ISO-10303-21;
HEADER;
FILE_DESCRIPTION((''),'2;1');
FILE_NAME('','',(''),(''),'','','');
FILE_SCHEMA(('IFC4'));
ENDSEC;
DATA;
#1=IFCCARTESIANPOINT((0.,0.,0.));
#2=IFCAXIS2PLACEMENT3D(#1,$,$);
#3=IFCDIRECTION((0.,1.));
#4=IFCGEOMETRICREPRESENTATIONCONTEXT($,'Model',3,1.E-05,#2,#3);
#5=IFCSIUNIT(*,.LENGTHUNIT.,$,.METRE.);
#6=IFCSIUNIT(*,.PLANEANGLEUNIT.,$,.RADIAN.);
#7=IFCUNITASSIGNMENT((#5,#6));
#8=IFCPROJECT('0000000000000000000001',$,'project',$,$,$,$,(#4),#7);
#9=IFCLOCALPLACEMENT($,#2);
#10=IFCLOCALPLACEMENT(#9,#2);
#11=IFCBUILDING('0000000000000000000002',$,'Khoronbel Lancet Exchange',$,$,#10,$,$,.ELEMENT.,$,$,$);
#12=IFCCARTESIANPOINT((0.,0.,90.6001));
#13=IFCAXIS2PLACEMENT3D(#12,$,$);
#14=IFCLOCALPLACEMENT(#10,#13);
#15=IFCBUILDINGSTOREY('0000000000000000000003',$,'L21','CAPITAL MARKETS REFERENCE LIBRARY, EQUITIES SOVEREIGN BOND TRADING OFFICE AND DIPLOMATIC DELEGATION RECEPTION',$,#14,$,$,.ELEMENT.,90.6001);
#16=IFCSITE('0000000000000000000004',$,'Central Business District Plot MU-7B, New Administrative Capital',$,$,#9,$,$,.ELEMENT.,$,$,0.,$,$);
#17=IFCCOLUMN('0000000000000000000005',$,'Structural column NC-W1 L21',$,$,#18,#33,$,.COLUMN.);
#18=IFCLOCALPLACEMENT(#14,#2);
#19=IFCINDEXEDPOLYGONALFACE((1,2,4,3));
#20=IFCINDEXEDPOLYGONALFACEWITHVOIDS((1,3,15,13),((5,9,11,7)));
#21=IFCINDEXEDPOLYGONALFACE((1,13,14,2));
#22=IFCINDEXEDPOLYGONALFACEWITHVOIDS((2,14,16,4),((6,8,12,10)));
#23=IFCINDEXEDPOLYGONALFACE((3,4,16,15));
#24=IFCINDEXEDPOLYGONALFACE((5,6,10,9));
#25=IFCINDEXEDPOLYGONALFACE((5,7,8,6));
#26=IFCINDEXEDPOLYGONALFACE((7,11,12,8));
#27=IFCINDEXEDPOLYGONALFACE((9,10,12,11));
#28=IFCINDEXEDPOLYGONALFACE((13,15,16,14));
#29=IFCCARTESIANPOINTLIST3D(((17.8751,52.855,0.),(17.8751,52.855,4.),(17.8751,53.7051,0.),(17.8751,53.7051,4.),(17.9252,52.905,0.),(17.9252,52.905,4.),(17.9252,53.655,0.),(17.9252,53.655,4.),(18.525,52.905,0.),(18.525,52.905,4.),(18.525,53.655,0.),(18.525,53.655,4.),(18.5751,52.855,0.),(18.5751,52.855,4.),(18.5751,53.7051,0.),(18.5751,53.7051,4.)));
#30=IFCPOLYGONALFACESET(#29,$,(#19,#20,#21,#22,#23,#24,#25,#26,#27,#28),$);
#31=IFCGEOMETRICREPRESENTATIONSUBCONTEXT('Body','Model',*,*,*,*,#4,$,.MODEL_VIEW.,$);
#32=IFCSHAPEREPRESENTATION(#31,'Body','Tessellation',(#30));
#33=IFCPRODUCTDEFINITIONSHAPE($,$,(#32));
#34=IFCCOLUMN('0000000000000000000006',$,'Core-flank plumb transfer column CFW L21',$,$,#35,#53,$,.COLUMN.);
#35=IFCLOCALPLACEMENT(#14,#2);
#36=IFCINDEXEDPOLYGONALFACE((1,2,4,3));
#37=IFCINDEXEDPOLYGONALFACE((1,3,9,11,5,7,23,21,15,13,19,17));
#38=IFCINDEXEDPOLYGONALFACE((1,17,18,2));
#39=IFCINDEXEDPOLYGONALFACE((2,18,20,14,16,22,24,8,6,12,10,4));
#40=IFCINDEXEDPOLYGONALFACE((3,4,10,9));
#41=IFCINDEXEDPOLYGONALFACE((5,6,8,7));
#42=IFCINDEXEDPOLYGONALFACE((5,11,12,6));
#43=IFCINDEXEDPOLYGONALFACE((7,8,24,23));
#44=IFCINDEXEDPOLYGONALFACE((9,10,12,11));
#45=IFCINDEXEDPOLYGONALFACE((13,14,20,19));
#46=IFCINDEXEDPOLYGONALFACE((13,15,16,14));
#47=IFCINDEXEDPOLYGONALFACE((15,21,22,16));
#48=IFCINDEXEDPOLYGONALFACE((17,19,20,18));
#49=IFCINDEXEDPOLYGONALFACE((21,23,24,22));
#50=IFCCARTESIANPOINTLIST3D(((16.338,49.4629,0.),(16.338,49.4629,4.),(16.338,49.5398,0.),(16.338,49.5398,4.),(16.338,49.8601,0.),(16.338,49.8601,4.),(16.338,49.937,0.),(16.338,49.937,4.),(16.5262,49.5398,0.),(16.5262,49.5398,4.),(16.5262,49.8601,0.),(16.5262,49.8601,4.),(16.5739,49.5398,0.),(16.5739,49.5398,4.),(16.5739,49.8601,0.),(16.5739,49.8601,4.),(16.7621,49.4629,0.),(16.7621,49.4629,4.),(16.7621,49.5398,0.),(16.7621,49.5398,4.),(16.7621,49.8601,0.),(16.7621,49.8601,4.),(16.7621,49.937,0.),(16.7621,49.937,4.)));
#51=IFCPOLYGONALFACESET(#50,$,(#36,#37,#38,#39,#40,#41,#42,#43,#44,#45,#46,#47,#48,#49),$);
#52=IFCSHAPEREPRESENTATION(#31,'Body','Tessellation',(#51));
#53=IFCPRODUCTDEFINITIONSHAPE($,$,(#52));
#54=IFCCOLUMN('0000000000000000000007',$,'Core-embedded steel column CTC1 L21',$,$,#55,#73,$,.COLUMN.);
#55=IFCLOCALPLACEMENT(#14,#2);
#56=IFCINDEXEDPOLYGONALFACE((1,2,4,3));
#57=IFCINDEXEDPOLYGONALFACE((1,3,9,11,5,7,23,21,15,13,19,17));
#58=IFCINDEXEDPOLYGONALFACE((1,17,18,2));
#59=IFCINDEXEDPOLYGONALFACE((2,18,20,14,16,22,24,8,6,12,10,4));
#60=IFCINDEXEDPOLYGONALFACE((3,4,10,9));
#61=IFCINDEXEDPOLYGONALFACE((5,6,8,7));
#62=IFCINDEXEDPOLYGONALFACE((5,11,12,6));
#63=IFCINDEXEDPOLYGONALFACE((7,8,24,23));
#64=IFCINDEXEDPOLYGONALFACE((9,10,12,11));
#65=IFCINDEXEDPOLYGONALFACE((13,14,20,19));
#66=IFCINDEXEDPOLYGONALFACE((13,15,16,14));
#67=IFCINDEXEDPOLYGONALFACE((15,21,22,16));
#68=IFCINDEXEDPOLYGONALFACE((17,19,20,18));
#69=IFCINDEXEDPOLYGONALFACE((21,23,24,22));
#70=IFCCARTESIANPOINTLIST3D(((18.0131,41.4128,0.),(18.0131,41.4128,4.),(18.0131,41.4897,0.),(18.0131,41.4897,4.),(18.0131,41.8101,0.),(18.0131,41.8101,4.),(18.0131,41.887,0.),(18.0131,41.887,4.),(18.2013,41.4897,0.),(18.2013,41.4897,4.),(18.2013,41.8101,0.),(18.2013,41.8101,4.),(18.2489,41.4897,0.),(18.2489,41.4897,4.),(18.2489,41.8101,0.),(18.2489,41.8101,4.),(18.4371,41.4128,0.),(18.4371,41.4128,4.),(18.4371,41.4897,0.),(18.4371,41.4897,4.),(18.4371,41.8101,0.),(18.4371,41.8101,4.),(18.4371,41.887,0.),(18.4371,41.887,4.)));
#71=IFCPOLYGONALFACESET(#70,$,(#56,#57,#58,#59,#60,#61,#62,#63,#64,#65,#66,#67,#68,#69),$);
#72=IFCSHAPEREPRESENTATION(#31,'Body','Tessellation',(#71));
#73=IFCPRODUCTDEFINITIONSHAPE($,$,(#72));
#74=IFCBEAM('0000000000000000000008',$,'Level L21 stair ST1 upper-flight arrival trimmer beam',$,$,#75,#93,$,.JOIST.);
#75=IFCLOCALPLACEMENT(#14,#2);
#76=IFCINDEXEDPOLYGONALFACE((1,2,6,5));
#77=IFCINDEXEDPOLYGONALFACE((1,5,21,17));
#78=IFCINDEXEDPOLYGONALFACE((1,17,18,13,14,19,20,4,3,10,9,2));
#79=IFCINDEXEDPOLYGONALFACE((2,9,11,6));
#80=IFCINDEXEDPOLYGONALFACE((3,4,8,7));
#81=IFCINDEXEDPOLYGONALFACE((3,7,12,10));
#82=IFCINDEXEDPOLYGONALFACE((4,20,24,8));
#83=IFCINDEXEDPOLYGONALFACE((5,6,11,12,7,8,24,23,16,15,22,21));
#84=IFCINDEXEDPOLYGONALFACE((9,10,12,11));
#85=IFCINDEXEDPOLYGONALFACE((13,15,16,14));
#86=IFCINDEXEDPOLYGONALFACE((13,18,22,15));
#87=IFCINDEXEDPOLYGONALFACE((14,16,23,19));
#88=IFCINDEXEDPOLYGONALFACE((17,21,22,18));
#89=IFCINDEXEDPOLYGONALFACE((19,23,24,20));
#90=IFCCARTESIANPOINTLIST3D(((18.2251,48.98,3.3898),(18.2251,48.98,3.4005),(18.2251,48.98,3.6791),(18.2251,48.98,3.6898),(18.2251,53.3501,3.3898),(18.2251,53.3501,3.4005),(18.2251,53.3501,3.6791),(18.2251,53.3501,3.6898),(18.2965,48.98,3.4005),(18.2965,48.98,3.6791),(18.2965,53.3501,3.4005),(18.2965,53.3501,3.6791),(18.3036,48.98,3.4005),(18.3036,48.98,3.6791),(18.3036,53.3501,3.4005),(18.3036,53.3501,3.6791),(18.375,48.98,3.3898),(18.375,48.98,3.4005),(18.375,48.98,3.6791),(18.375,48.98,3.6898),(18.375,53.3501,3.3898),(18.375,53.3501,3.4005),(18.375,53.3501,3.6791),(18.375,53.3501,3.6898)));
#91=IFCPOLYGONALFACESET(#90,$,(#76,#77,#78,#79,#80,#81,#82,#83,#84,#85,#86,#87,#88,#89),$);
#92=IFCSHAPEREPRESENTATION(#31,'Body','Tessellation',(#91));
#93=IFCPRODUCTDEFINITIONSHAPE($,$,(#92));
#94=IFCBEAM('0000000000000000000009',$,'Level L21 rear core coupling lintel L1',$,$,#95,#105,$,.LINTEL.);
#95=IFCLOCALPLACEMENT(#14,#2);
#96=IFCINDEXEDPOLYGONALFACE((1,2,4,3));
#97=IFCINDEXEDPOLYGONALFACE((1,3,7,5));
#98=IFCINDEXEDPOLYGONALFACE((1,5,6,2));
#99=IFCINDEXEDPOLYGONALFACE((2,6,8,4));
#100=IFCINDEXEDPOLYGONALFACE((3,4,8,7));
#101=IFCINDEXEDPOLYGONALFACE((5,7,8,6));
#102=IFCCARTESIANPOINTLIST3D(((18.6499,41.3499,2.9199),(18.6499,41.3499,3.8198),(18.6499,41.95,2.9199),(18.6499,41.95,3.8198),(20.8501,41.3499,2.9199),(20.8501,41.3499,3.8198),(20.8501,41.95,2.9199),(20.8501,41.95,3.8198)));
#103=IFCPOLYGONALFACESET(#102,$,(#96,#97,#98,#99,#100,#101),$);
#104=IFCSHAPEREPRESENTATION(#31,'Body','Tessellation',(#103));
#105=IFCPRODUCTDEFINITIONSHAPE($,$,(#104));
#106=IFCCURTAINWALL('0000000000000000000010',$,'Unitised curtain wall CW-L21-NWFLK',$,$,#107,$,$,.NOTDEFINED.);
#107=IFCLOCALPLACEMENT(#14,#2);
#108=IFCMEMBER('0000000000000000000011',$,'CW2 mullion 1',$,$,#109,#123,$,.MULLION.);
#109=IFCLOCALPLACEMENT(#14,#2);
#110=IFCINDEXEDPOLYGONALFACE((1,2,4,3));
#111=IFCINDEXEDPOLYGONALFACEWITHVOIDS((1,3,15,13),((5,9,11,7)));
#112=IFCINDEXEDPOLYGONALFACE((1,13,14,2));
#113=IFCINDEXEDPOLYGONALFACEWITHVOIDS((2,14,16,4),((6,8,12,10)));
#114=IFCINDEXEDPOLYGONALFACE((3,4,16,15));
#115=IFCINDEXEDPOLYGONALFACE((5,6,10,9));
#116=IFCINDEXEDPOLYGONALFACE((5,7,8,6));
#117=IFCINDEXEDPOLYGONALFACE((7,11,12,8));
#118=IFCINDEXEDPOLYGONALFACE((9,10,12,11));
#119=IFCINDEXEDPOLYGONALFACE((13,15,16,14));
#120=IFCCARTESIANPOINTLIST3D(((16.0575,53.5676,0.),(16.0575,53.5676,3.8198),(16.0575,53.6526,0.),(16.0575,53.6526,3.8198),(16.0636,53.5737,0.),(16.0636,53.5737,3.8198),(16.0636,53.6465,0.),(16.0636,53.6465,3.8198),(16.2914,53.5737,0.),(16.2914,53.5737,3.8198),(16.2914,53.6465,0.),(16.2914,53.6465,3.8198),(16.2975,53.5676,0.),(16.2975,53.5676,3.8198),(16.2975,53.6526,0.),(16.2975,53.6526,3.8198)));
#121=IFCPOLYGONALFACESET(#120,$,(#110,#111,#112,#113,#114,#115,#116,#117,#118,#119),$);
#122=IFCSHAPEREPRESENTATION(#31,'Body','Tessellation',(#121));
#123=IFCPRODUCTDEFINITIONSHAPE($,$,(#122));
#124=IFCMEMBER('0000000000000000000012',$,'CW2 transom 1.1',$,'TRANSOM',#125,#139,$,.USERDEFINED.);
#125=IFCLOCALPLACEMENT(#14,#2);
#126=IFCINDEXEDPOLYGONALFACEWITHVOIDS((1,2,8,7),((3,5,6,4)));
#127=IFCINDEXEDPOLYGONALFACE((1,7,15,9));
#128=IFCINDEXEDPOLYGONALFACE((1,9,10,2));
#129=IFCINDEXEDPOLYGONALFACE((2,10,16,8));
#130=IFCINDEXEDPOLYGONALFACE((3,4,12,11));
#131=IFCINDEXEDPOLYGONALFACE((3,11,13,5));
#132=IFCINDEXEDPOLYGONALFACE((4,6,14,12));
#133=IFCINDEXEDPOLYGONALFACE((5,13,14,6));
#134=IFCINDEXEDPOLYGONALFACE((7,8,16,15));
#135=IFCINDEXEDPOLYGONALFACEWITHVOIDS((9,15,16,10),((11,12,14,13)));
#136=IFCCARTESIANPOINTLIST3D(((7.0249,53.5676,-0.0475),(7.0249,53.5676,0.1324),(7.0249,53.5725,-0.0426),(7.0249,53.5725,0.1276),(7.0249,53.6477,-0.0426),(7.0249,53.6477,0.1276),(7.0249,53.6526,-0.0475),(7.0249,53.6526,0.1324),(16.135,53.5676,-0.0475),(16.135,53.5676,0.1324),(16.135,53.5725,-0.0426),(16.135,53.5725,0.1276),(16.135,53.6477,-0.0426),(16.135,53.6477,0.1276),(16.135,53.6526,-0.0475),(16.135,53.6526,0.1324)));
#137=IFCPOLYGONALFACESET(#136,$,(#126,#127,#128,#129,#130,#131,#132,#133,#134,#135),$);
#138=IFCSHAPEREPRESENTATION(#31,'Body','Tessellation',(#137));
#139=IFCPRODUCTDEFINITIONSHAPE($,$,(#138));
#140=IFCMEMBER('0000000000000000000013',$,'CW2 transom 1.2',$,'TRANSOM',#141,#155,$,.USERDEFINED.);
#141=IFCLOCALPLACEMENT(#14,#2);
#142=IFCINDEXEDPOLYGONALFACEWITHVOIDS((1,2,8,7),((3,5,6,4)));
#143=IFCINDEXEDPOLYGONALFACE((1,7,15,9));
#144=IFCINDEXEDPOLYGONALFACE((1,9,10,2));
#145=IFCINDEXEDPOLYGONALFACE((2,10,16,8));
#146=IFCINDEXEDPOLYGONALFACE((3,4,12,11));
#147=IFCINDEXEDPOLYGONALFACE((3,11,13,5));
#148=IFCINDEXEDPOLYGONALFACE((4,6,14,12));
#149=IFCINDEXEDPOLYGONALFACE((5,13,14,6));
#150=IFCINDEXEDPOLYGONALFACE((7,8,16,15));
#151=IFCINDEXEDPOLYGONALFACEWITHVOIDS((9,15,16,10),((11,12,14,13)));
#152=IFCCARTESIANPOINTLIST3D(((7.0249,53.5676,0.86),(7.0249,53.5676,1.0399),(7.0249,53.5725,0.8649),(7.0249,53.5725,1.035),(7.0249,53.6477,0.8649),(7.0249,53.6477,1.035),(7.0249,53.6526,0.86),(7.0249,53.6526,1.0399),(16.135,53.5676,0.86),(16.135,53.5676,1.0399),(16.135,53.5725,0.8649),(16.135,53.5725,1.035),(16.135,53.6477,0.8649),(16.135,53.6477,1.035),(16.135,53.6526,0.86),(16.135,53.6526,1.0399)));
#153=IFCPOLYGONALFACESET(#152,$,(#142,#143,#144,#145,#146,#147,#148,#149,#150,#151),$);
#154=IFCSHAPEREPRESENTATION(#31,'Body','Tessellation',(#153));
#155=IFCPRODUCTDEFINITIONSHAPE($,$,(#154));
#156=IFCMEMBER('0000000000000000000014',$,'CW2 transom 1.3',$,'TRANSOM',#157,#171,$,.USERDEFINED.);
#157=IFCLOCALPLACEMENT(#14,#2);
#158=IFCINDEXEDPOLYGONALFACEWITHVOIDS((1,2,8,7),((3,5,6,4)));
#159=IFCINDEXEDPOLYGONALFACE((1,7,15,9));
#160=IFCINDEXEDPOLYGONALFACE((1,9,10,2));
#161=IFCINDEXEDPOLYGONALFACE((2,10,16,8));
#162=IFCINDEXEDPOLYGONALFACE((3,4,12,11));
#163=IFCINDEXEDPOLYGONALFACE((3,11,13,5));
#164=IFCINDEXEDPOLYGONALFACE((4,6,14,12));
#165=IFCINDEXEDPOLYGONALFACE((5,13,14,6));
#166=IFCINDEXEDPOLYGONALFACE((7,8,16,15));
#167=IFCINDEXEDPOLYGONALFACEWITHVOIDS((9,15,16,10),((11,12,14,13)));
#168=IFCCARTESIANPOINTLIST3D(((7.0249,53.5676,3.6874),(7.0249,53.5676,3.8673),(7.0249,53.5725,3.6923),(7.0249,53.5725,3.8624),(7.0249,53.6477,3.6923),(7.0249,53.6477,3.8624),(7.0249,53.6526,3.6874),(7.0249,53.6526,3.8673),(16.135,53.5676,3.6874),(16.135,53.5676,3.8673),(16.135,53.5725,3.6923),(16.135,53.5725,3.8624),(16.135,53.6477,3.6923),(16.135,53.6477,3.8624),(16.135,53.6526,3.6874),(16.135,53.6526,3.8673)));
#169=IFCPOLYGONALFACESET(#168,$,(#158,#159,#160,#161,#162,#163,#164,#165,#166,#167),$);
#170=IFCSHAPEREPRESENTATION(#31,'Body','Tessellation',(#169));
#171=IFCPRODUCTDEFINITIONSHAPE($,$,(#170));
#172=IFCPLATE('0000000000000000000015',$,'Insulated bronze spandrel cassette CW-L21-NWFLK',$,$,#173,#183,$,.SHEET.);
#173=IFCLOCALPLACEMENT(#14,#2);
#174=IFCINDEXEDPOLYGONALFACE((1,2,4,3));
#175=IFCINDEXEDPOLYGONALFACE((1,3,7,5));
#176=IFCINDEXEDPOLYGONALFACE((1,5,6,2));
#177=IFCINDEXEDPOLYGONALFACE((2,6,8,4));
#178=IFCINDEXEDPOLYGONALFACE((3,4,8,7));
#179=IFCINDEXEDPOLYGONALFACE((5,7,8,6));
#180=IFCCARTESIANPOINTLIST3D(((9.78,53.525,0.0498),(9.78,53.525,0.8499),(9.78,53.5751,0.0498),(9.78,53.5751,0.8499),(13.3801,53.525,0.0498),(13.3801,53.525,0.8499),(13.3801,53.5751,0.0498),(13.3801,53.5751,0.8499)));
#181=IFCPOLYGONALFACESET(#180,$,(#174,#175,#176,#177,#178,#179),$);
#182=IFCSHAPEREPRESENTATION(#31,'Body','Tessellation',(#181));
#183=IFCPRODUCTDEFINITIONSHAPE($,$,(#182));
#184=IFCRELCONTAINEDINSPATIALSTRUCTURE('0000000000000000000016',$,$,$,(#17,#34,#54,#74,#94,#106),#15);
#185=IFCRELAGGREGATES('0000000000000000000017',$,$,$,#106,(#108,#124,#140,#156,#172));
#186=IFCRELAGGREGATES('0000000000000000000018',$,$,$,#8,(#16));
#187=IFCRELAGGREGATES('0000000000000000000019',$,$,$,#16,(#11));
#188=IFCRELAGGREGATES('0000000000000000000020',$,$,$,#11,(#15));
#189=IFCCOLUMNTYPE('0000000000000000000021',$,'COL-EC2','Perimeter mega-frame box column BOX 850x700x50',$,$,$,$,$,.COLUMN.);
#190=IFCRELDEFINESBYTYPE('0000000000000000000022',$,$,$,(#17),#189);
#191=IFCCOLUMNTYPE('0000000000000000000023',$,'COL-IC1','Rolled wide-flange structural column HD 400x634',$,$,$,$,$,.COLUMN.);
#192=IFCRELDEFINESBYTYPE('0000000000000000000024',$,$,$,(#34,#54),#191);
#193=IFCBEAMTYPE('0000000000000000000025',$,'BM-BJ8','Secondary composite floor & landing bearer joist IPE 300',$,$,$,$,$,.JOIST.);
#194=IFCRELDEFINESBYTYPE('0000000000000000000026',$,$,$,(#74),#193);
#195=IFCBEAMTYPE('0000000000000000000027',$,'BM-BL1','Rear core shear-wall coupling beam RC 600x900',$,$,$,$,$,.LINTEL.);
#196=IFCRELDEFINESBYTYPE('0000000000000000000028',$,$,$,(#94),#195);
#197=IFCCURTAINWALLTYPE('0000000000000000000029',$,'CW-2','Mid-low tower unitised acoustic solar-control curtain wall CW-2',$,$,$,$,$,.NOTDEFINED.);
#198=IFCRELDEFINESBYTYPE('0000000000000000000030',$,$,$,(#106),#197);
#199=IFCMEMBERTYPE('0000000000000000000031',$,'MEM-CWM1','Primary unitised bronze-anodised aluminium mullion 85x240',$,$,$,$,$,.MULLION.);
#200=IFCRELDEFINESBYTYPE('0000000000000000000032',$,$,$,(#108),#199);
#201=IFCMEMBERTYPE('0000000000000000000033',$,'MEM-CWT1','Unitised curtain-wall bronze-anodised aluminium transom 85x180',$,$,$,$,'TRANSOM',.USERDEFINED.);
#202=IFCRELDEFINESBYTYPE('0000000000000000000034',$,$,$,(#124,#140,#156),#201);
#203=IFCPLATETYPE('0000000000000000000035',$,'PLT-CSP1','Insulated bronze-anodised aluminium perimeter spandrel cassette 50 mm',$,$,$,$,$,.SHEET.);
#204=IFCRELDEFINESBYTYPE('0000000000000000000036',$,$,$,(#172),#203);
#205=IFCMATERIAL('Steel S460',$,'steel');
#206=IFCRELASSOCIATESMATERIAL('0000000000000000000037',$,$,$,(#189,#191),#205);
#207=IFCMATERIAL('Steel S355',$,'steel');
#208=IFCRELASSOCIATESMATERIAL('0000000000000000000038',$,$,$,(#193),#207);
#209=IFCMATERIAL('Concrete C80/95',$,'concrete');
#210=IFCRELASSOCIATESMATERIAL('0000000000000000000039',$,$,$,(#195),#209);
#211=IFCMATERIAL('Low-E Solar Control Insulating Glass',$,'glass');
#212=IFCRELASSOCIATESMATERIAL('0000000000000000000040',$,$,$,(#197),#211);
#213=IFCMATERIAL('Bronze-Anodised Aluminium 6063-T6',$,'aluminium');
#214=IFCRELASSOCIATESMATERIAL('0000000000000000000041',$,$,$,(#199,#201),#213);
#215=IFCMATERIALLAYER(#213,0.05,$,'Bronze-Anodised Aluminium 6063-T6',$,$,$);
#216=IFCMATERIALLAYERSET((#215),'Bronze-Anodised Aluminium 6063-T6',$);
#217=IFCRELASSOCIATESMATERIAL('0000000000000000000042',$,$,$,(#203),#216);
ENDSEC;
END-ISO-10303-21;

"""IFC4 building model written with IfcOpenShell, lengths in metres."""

from ifc_helpers import new_model, si_unit, direction, frame, origin, origin_2d, place, context, subcontext, project, spatial, rectangle, hollow_rectangle, i_section, extrude, material, layer, layer_set, material_profile, profile_set, type_object, element, aggregate, save


model = new_model("IFC4")

# Units and contexts
model_context = context("Model", 3, precision=1e-05, world=origin(), true_north=direction((0.0, 1.0)))
body_context = subcontext(model_context, "Body", "Model", "MODEL_VIEW")
ifc_project = project(units=[si_unit("LENGTHUNIT", "METRE"), si_unit("PLANEANGLEUNIT", "RADIAN")], contexts=[model_context])

# Site, building, storey
site_placement = place(None, origin())
site = spatial("IfcSite", under=ifc_project, at=site_placement, Name="Central Business District Plot MU-7B, New Administrative Capital", CompositionType="ELEMENT", RefElevation=0.0)
building_placement = place(site_placement, origin())
building = spatial("IfcBuilding", under=site, at=building_placement, Name="Khoronbel Lancet Exchange", CompositionType="ELEMENT")
storey_placement = place(building_placement, frame((0.0, 0.0, 90.6001)))
storey = spatial("IfcBuildingStorey", under=building, at=storey_placement, Name="L21", Description="CAPITAL MARKETS REFERENCE LIBRARY, EQUITIES SOVEREIGN BOND TRADING OFFICE AND DIPLOMATIC DELEGATION RECEPTION", CompositionType="ELEMENT", Elevation=90.6001)

# Columns
ifc_material_1 = material(Name="Steel S460", Category="steel")
ifc_material_profile_1 = material_profile(ifc_material_1, hollow_rectangle(XDim=0.7, YDim=0.8501, WallThickness=0.05, at=origin_2d()), Name="BOX 850x700x50")
ifc_profile_set_1 = profile_set([ifc_material_profile_1], Name="Steel S460")
column_type_1 = type_object("IfcColumnType", Name="COL-EC2", Description="Perimeter mega-frame box column BOX 850x700x50", PredefinedType="COLUMN", material=ifc_profile_set_1)
column_placement = place(storey_placement, frame((18.2251, 53.28, 0.0), z_axis=(0.0, 0.0, 1.0), x_axis=(1.0, 0.0, 0.0)))
element("IfcColumn", 1, at=column_placement, inside=storey, type_object=column_type_1, Name="Structural column NC-W1 L21", PredefinedType="COLUMN", context=body_context, shape_type="SweptSolid", body=[
    extrude(hollow_rectangle(XDim=0.7, YDim=0.8501, WallThickness=0.05, at=origin_2d()), origin(), (0.0, 0.0, 1.0), 4.0),
])
ifc_material_profile_2 = material_profile(ifc_material_1, i_section(OverallWidth=0.4241, OverallDepth=0.4741, WebThickness=0.0476, FlangeThickness=0.0769, at=origin_2d()), Name="HD 400x634")
ifc_profile_set_2 = profile_set([ifc_material_profile_2], Name="Steel S460")
column_type_2 = type_object("IfcColumnType", Name="COL-IC1", Description="Rolled wide-flange structural column HD 400x634", PredefinedType="COLUMN", material=ifc_profile_set_2)
for number, where, z_axis, x_axis, name in (
    (2, (16.55, 49.7, 0.0), (0.0, 0.0, 1.0), (1.0, 0.0, 0.0), "Core-flank plumb transfer column CFW L21"),
    (3, (18.2251, 41.6499, 0.0), (0.0, 0.0, 1.0), (1.0, 0.0, 0.0), "Core-embedded steel column CTC1 L21"),
):
    element("IfcColumn", number, at=place(storey_placement, frame(where, z_axis=z_axis, x_axis=x_axis)), inside=storey, type_object=column_type_2, Name=name, PredefinedType="COLUMN", context=body_context, shape_type="SweptSolid", body=[
        extrude(i_section(OverallWidth=0.4241, OverallDepth=0.4741, WebThickness=0.0476, FlangeThickness=0.0769, at=origin_2d()), origin(), (0.0, 0.0, 1.0), 4.0),
    ])

# Beams
ifc_material_2 = material(Name="Steel S355", Category="steel")
ifc_material_profile_3 = material_profile(ifc_material_2, i_section(OverallWidth=0.1499, OverallDepth=0.3, WebThickness=0.0071, FlangeThickness=0.0107, at=origin_2d()), Name="IPE 300")
ifc_profile_set_3 = profile_set([ifc_material_profile_3], Name="Steel S355")
beam_type_1 = type_object("IfcBeamType", Name="BM-BJ8", Description="Secondary composite floor & landing bearer joist IPE 300", PredefinedType="JOIST", material=ifc_profile_set_3)
beam_1_placement = place(storey_placement, frame((18.3, 48.98, 3.5398), z_axis=(0.0, 1.0, 0.0), x_axis=(-1.0, 0.0, 0.0)))
element("IfcBeam", 4, at=beam_1_placement, inside=storey, type_object=beam_type_1, Name="Level L21 stair ST1 upper-flight arrival trimmer beam", PredefinedType="JOIST", context=body_context, shape_type="SweptSolid", body=[
    extrude(i_section(OverallWidth=0.1499, OverallDepth=0.3, WebThickness=0.0071, FlangeThickness=0.0107, at=origin_2d()), origin(), (0.0, 0.0, 1.0), 4.3701),
])
ifc_material_3 = material(Name="Concrete C80/95", Category="concrete")
ifc_material_profile_4 = material_profile(ifc_material_3, rectangle(XDim=0.6001, YDim=0.8999, at=origin_2d()), Name="RC 600x900")
ifc_profile_set_4 = profile_set([ifc_material_profile_4], Name="Concrete C80/95")
beam_type_2 = type_object("IfcBeamType", Name="BM-BL1", Description="Rear core shear-wall coupling beam RC 600x900", PredefinedType="LINTEL", material=ifc_profile_set_4)
beam_2_placement = place(storey_placement, frame((18.6499, 41.6499, 3.3699), z_axis=(1.0, 0.0, 0.0), x_axis=(0.0, 1.0, 0.0)))
element("IfcBeam", 5, at=beam_2_placement, inside=storey, type_object=beam_type_2, Name="Level L21 rear core coupling lintel L1", PredefinedType="LINTEL", context=body_context, shape_type="SweptSolid", body=[
    extrude(rectangle(XDim=0.6001, YDim=0.8999, at=origin_2d()), origin(), (0.0, 0.0, 1.0), 2.2002),
])

# Curtain wall, members, plate
ifc_material_4 = material(Name="Low-E Solar Control Insulating Glass", Category="glass")
curtain_wall_type = type_object("IfcCurtainWallType", Name="CW-2", Description="Mid-low tower unitised acoustic solar-control curtain wall CW-2", PredefinedType="NOTDEFINED", material=ifc_material_4)
curtain_wall_placement = place(storey_placement, origin())
curtain_wall = element("IfcCurtainWall", 6, at=curtain_wall_placement, inside=storey, type_object=curtain_wall_type, Name="Unitised curtain wall CW-L21-NWFLK", PredefinedType="NOTDEFINED")
ifc_material_5 = material(Name="Bronze-Anodised Aluminium 6063-T6", Category="aluminium")
ifc_material_profile_5 = material_profile(ifc_material_5, hollow_rectangle(XDim=0.085, YDim=0.24, WallThickness=0.0061, at=origin_2d()), Name="ALU MULLION 85x240")
ifc_profile_set_5 = profile_set([ifc_material_profile_5], Name="Bronze-Anodised Aluminium 6063-T6")
member_type_1 = type_object("IfcMemberType", Name="MEM-CWM1", Description="Primary unitised bronze-anodised aluminium mullion 85x240", PredefinedType="MULLION", material=ifc_profile_set_5)
member_1_placement = place(storey_placement, frame((16.1775, 53.6101, 0.0), z_axis=(0.0, 0.0, 1.0), x_axis=(0.0, -1.0, 0.0)))
member_1 = element("IfcMember", 7, at=member_1_placement, type_object=member_type_1, Name="CW2 mullion 1", PredefinedType="MULLION", context=body_context, shape_type="SweptSolid", body=[
    extrude(hollow_rectangle(XDim=0.085, YDim=0.24, WallThickness=0.0061, at=origin_2d()), origin(), (0.0, 0.0, 1.0), 3.8198),
])
ifc_material_profile_6 = material_profile(ifc_material_5, hollow_rectangle(XDim=0.085, YDim=0.1799, WallThickness=0.0049, at=origin_2d()), Name="ALU TRANSOM 85x180")
ifc_profile_set_6 = profile_set([ifc_material_profile_6], Name="Bronze-Anodised Aluminium 6063-T6")
member_type_2 = type_object("IfcMemberType", Name="MEM-CWT1", Description="Unitised curtain-wall bronze-anodised aluminium transom 85x180", ElementType="TRANSOM", PredefinedType="USERDEFINED", material=ifc_profile_set_6)
member_2_placement = place(storey_placement, frame((16.135, 53.6101, 0.0425), z_axis=(-1.0, 0.0, 0.0), x_axis=(0.0, -1.0, 0.0)))
member_2 = element("IfcMember", 8, at=member_2_placement, type_object=member_type_2, Name="CW2 transom 1.1", ObjectType="TRANSOM", PredefinedType="USERDEFINED", context=body_context, shape_type="SweptSolid", body=[
    extrude(hollow_rectangle(XDim=0.085, YDim=0.1799, WallThickness=0.0049, at=origin_2d()), origin(), (0.0, 0.0, 1.0), 9.1101),
])
member_3_placement = place(storey_placement, frame((16.135, 53.6101, 0.95), z_axis=(-1.0, 0.0, 0.0), x_axis=(0.0, -1.0, 0.0)))
member_3 = element("IfcMember", 9, at=member_3_placement, type_object=member_type_2, Name="CW2 transom 1.2", ObjectType="TRANSOM", PredefinedType="USERDEFINED", context=body_context, shape_type="SweptSolid", body=[
    extrude(hollow_rectangle(XDim=0.085, YDim=0.1799, WallThickness=0.0049, at=origin_2d()), origin(), (0.0, 0.0, 1.0), 9.1101),
])
member_4_placement = place(storey_placement, frame((16.135, 53.6101, 3.7773), z_axis=(-1.0, 0.0, 0.0), x_axis=(0.0, -1.0, 0.0)))
member_4 = element("IfcMember", 10, at=member_4_placement, type_object=member_type_2, Name="CW2 transom 1.3", ObjectType="TRANSOM", PredefinedType="USERDEFINED", context=body_context, shape_type="SweptSolid", body=[
    extrude(hollow_rectangle(XDim=0.085, YDim=0.1799, WallThickness=0.0049, at=origin_2d()), origin(), (0.0, 0.0, 1.0), 9.1101),
])
ifc_layer_1 = layer(ifc_material_5, 0.05, Name="Bronze-Anodised Aluminium 6063-T6")
ifc_layer_set_1 = layer_set([ifc_layer_1], Name="Bronze-Anodised Aluminium 6063-T6")
plate_type_1 = type_object("IfcPlateType", Name="PLT-CSP1", Description="Insulated bronze-anodised aluminium perimeter spandrel cassette 50 mm", PredefinedType="SHEET", material=ifc_layer_set_1)
plate_1_placement = place(storey_placement, frame((11.5801, 53.55, 0.0498), z_axis=(0.0, 0.0, 1.0), x_axis=(-1.0, 0.0, 0.0)))
plate_1 = element("IfcPlate", 11, at=plate_1_placement, type_object=plate_type_1, Name="Insulated bronze spandrel cassette CW-L21-NWFLK", PredefinedType="SHEET", context=body_context, shape_type="SweptSolid", body=[
    extrude(rectangle(XDim=3.6001, YDim=0.05, at=origin_2d()), origin(), (0.0, 0.0, 1.0), 0.8),
])
aggregate(curtain_wall, [member_1, member_2, member_3, member_4, plate_1])

save(model, "model.ifc")
